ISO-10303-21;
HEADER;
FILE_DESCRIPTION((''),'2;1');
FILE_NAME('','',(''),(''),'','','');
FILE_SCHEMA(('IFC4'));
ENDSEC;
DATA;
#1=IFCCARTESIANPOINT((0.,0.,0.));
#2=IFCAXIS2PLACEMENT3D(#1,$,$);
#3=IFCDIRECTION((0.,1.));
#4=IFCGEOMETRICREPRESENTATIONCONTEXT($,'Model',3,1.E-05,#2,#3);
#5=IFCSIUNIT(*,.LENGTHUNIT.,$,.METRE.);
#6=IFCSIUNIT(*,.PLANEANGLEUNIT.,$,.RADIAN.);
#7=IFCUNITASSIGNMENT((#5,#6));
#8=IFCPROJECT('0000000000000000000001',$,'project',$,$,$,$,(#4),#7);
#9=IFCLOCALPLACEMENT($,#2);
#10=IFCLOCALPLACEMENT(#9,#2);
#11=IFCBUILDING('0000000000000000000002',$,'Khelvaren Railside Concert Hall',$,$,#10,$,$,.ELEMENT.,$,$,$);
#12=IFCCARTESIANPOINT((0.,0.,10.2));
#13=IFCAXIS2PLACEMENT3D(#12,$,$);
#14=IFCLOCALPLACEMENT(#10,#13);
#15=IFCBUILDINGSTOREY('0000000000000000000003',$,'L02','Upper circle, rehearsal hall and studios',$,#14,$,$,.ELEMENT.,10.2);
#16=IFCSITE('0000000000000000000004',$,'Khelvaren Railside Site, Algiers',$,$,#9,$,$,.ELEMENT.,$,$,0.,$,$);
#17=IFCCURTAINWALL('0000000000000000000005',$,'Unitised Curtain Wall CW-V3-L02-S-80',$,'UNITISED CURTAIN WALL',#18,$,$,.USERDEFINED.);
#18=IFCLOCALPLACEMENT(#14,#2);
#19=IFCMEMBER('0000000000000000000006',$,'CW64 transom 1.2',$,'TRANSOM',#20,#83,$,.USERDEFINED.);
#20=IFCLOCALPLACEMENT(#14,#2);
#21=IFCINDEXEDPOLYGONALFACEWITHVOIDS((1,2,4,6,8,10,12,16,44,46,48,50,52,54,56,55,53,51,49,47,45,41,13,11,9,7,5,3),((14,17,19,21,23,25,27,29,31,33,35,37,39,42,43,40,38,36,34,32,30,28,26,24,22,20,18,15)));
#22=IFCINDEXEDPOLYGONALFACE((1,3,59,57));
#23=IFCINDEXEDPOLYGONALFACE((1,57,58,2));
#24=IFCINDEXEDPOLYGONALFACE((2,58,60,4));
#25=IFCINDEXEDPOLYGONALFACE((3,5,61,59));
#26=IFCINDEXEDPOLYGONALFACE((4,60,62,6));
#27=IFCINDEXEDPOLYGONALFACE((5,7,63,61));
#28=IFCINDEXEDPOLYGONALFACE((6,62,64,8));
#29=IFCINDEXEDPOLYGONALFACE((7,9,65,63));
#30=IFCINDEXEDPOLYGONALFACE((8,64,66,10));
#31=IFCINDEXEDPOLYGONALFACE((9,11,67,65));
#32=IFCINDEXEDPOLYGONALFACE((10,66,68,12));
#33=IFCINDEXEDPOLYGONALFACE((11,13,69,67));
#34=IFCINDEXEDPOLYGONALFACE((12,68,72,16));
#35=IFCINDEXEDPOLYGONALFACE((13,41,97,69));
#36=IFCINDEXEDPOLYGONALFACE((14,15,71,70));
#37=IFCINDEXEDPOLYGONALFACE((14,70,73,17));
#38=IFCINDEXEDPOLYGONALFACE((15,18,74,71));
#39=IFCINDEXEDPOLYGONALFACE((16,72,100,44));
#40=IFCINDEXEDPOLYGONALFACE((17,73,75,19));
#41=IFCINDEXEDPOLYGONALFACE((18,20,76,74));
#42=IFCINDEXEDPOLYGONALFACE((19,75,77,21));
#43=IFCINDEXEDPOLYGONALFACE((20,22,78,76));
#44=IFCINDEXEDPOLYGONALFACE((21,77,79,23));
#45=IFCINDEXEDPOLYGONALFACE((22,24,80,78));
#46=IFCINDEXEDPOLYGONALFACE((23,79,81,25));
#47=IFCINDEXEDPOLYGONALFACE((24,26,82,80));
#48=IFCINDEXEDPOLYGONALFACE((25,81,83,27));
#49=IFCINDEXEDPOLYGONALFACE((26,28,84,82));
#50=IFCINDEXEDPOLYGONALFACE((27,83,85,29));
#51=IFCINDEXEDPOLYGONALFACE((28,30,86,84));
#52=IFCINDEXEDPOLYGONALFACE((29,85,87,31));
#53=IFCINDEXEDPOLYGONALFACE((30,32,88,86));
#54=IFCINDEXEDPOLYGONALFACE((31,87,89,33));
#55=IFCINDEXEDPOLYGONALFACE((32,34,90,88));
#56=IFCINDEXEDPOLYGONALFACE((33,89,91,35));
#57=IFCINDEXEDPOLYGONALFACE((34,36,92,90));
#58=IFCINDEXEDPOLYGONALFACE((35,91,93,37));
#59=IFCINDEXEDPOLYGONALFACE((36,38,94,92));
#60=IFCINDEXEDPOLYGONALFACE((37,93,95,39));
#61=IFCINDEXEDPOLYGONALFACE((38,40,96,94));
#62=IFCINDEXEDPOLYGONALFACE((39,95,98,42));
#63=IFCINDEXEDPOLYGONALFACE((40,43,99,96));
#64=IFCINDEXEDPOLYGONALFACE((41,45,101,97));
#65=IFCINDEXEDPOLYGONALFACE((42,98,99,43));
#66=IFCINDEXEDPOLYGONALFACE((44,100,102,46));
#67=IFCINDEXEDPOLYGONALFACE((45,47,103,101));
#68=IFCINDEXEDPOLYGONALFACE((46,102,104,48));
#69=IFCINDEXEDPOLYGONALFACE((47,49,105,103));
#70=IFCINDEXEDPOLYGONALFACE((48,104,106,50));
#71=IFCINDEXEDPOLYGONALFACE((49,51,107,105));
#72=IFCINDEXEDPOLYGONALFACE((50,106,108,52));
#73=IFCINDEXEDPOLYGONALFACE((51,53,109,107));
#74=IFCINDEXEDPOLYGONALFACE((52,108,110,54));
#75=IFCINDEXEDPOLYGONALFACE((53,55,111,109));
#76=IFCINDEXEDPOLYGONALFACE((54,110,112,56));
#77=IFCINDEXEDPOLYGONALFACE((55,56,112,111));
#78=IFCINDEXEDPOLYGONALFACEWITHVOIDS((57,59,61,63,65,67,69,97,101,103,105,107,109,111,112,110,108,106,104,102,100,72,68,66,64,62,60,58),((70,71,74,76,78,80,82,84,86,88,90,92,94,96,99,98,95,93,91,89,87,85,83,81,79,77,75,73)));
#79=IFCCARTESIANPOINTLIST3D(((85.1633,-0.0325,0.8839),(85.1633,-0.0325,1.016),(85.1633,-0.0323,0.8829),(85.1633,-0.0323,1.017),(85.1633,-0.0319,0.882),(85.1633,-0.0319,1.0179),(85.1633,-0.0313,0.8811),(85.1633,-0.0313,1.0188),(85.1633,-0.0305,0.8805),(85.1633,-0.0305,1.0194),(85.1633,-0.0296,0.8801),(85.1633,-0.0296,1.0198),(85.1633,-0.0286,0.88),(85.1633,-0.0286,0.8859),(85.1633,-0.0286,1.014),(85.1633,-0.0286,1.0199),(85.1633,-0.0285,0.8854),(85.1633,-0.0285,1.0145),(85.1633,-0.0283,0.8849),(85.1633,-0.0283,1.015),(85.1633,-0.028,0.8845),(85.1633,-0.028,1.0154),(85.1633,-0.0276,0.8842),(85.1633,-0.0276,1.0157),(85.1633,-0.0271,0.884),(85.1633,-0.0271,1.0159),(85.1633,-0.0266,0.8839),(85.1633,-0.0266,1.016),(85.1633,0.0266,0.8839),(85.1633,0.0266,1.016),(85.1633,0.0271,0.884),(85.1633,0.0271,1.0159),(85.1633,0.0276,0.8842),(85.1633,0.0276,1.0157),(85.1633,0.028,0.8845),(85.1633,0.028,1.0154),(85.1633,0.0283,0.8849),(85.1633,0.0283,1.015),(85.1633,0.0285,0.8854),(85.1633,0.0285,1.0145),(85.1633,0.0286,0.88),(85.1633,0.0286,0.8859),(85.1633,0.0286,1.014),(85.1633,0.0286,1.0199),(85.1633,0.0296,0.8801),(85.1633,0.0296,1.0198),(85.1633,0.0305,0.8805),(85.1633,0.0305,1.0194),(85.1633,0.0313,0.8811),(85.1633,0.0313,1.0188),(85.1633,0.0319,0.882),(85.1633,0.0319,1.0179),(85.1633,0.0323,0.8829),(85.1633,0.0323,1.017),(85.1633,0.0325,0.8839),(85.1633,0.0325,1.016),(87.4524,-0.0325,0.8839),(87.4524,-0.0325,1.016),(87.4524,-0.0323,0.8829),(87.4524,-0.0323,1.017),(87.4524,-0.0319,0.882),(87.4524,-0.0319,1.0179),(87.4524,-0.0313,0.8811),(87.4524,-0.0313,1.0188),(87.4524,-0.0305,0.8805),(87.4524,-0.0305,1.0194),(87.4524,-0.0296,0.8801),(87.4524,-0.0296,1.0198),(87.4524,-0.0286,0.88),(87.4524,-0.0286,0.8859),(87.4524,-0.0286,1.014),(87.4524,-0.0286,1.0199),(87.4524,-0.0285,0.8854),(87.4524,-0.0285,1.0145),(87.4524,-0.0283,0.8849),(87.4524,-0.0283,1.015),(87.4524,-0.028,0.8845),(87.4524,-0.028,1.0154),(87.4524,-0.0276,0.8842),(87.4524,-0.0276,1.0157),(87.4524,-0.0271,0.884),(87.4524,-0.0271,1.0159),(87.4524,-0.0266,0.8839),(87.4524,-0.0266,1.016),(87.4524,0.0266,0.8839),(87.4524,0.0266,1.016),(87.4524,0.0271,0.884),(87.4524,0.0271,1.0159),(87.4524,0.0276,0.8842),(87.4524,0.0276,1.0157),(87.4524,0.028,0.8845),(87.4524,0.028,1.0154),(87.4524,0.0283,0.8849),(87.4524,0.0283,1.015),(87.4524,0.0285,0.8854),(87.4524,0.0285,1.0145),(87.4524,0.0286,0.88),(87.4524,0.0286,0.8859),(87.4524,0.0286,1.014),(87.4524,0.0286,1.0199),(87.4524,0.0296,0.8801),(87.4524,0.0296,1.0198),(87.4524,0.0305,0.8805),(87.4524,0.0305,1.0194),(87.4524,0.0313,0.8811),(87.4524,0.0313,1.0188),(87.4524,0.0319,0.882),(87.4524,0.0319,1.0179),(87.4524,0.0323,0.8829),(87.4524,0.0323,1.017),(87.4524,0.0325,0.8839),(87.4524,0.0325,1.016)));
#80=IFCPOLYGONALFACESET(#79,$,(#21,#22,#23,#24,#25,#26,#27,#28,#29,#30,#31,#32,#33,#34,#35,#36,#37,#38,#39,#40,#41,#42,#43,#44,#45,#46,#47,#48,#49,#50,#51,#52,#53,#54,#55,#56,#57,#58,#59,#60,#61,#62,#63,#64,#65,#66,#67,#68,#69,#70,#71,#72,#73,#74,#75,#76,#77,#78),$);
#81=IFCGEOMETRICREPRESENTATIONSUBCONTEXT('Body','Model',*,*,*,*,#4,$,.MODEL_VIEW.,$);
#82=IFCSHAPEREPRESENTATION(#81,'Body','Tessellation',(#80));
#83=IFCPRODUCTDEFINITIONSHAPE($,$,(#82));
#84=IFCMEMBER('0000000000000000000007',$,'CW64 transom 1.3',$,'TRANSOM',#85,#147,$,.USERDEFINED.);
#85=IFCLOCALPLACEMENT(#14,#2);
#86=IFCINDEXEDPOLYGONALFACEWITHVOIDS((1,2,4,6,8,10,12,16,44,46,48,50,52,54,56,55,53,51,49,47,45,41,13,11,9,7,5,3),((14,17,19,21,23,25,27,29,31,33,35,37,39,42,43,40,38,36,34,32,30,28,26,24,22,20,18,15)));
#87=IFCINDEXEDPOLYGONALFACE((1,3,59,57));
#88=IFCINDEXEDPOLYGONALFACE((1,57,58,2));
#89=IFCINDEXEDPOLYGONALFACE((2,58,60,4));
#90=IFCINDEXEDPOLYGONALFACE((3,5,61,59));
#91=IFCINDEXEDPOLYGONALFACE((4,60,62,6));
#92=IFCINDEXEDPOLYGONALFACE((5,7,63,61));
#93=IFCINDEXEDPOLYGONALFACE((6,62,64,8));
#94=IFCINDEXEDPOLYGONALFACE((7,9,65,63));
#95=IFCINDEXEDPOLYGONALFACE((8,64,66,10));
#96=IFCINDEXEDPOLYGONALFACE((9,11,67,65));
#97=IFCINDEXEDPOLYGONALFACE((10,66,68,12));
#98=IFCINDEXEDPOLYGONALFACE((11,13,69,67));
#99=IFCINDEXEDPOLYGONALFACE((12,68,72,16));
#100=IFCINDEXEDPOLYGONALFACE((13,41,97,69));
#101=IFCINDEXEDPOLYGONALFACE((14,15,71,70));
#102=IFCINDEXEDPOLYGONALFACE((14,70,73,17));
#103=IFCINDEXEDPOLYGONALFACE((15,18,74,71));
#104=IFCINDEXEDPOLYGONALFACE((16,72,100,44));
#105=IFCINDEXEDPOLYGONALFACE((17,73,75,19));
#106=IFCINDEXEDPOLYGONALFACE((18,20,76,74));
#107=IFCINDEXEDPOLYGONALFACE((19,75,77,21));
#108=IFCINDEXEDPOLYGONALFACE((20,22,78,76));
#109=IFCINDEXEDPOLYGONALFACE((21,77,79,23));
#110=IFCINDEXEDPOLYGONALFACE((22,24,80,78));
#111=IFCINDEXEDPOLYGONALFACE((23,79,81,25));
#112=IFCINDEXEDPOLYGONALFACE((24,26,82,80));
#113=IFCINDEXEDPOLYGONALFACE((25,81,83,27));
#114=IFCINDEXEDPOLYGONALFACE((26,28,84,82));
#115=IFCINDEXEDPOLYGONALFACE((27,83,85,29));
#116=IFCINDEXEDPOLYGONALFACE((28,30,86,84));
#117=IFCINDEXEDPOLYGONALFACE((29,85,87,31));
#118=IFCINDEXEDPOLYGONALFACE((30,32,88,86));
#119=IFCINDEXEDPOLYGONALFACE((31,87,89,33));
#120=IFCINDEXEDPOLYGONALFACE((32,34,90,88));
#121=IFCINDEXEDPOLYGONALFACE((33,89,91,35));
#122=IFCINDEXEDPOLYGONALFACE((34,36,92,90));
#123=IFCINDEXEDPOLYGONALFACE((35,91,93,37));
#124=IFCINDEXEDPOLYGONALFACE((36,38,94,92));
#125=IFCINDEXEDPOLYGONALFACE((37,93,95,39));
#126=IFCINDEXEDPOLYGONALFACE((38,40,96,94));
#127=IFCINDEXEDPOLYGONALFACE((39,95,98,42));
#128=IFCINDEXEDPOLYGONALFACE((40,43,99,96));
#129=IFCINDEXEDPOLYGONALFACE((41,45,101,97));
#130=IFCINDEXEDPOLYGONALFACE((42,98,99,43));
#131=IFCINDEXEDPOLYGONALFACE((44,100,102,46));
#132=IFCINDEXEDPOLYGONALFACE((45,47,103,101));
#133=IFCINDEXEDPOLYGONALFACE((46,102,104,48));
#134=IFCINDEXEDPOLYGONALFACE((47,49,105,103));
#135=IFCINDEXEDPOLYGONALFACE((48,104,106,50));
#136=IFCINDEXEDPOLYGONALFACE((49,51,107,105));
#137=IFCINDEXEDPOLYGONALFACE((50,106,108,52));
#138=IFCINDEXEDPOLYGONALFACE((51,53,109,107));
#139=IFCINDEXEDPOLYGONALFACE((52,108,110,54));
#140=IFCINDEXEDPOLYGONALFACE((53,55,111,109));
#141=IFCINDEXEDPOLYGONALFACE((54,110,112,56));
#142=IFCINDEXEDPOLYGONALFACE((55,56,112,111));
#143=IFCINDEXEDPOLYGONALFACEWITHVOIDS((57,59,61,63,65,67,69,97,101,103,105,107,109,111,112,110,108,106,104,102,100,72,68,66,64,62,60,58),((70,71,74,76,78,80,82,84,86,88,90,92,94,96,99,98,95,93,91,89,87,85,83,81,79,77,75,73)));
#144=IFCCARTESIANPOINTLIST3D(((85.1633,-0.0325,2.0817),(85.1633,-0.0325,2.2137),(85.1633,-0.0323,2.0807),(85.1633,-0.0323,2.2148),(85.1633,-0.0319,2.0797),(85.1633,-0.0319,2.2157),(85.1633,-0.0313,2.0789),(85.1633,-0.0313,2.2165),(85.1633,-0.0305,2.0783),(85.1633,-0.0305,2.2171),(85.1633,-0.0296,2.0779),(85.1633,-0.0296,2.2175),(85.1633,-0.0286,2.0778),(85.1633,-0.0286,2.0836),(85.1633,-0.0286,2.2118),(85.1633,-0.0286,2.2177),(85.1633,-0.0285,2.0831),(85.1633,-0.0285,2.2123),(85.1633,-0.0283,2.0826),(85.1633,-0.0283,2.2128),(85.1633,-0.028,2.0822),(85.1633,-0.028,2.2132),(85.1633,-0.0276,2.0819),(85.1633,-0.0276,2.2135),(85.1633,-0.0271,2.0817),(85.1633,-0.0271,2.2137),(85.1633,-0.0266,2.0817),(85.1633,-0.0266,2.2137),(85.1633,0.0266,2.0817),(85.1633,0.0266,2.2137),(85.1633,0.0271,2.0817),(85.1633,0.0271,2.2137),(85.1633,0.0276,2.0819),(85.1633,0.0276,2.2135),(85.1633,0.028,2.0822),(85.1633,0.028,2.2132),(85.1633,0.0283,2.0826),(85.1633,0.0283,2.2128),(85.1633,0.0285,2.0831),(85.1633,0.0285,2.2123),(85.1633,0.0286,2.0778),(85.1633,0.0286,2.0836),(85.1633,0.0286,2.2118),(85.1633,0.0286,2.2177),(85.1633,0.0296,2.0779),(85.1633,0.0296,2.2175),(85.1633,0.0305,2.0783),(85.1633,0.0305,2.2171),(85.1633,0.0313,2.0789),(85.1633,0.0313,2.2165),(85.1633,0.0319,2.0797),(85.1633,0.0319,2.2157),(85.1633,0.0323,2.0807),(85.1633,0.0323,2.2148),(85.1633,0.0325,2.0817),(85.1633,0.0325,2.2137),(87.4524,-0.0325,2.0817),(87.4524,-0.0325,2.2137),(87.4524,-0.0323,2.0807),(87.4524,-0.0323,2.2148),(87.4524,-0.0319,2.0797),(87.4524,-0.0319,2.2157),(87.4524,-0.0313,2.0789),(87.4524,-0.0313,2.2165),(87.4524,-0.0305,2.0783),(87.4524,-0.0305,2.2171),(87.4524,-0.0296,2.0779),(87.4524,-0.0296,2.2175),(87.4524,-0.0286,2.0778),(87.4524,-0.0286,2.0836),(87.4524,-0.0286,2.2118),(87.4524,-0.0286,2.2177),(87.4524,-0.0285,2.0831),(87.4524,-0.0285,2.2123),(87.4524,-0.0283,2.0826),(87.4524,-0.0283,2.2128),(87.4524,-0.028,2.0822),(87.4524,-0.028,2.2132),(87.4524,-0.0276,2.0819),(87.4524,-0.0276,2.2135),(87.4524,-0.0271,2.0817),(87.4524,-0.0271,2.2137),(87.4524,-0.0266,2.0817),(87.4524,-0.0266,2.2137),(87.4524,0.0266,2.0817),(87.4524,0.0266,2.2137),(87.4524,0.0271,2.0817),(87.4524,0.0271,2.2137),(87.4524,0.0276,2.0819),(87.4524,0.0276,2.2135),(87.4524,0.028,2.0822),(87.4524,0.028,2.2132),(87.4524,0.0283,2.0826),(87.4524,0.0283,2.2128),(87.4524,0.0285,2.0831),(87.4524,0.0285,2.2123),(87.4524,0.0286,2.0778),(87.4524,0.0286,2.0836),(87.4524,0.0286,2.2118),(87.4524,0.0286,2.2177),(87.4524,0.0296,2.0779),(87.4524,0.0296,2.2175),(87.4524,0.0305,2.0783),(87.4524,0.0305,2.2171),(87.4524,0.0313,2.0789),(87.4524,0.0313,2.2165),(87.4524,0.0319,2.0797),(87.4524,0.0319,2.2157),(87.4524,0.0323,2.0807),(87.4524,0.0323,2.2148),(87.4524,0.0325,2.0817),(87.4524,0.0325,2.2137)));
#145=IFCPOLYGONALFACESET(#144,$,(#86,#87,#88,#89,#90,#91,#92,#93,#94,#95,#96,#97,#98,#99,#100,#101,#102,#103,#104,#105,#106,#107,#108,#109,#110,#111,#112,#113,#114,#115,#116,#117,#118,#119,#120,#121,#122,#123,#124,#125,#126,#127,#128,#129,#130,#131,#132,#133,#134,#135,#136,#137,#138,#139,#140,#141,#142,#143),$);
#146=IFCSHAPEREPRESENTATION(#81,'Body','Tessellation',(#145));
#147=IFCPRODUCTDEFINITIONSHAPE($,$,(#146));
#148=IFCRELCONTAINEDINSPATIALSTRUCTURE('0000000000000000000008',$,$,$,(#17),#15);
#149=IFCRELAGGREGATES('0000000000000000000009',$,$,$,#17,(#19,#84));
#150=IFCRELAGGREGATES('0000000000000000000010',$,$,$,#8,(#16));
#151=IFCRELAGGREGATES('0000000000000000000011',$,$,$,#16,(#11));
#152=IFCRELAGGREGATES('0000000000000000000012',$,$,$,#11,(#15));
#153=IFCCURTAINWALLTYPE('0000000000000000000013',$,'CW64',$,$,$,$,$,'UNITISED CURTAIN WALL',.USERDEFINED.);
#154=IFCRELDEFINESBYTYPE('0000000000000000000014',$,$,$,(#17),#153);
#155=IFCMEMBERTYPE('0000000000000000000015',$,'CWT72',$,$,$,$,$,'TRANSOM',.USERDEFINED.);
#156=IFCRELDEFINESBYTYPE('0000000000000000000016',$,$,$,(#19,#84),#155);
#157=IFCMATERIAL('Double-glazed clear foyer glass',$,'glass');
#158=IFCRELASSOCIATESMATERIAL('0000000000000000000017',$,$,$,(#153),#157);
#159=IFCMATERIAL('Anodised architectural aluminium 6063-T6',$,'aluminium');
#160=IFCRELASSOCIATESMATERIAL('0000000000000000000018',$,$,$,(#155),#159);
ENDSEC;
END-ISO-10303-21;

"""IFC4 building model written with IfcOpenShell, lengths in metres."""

from ifc_helpers import new_model, si_unit, direction, frame, origin, origin_2d, place, context, subcontext, project, spatial, hollow_rectangle, extrude, material, material_profile, profile_set, type_object, element, aggregate, save


model = new_model("IFC4")

# Units and contexts
model_context = context("Model", 3, precision=1e-05, world=origin(), true_north=direction((0.0, 1.0)))
body_context = subcontext(model_context, "Body", "Model", "MODEL_VIEW")
ifc_project = project(units=[si_unit("LENGTHUNIT", "METRE"), si_unit("PLANEANGLEUNIT", "RADIAN")], contexts=[model_context])

# Site, building, storey
site_placement = place(None, origin())
site = spatial("IfcSite", under=ifc_project, at=site_placement, Name="Khelvaren Railside Site, Algiers", CompositionType="ELEMENT", RefElevation=0.0)
building_placement = place(site_placement, origin())
building = spatial("IfcBuilding", under=site, at=building_placement, Name="Khelvaren Railside Concert Hall", CompositionType="ELEMENT")
storey_placement = place(building_placement, frame((0.0, 0.0, 10.2)))
storey = spatial("IfcBuildingStorey", under=building, at=storey_placement, Name="L02", Description="Upper circle, rehearsal hall and studios", CompositionType="ELEMENT", Elevation=10.2)

# Curtain wall
ifc_material_1 = material(Name="Double-glazed clear foyer glass", Category="glass")
curtain_wall_type_1 = type_object("IfcCurtainWallType", Name="CW64", ElementType="UNITISED CURTAIN WALL", PredefinedType="USERDEFINED", material=ifc_material_1)
curtain_wall_1_placement = place(storey_placement, origin())
curtain_wall_1 = element("IfcCurtainWall", 1, at=curtain_wall_1_placement, inside=storey, type_object=curtain_wall_type_1, Name="Unitised Curtain Wall CW-V3-L02-S-80", ObjectType="UNITISED CURTAIN WALL", PredefinedType="USERDEFINED")
ifc_material_2 = material(Name="Anodised architectural aluminium 6063-T6", Category="aluminium")

# Members
ifc_material_profile_1 = material_profile(ifc_material_2, hollow_rectangle(XDim=0.0649, YDim=0.1399, WallThickness=0.0039, InnerFilletRadius=0.002, OuterFilletRadius=0.0039, at=origin_2d()), Name="CWT 65x140x4")
ifc_profile_set_1 = profile_set([ifc_material_profile_1], Name="Anodised architectural aluminium 6063-T6")
member_type_1 = type_object("IfcMemberType", Name="CWT72", ElementType="TRANSOM", PredefinedType="USERDEFINED", material=ifc_profile_set_1)
member_1_placement = place(storey_placement, frame((87.4524, 0.0, 0.95), z_axis=(-1.0, 0.0, 0.0), x_axis=(0.0, -1.0, 0.0)))
member_1 = element("IfcMember", 2, at=member_1_placement, type_object=member_type_1, Name="CW64 transom 1.2", ObjectType="TRANSOM", PredefinedType="USERDEFINED", context=body_context, shape_type="SweptSolid", body=[
    extrude(hollow_rectangle(XDim=0.0649, YDim=0.1399, WallThickness=0.0039, InnerFilletRadius=0.002, OuterFilletRadius=0.0039, at=origin_2d()), origin(), (0.0, 0.0, 1.0), 2.2891),
])
member_2_placement = place(storey_placement, frame((87.4524, 0.0, 2.1477), z_axis=(-1.0, 0.0, 0.0), x_axis=(0.0, -1.0, 0.0)))
member_2 = element("IfcMember", 3, at=member_2_placement, type_object=member_type_1, Name="CW64 transom 1.3", ObjectType="TRANSOM", PredefinedType="USERDEFINED", context=body_context, shape_type="SweptSolid", body=[
    extrude(hollow_rectangle(XDim=0.0649, YDim=0.1399, WallThickness=0.0039, InnerFilletRadius=0.002, OuterFilletRadius=0.0039, at=origin_2d()), origin(), (0.0, 0.0, 1.0), 2.2891),
])

aggregate(curtain_wall_1, [member_1, member_2])

save(model, "model.ifc")
